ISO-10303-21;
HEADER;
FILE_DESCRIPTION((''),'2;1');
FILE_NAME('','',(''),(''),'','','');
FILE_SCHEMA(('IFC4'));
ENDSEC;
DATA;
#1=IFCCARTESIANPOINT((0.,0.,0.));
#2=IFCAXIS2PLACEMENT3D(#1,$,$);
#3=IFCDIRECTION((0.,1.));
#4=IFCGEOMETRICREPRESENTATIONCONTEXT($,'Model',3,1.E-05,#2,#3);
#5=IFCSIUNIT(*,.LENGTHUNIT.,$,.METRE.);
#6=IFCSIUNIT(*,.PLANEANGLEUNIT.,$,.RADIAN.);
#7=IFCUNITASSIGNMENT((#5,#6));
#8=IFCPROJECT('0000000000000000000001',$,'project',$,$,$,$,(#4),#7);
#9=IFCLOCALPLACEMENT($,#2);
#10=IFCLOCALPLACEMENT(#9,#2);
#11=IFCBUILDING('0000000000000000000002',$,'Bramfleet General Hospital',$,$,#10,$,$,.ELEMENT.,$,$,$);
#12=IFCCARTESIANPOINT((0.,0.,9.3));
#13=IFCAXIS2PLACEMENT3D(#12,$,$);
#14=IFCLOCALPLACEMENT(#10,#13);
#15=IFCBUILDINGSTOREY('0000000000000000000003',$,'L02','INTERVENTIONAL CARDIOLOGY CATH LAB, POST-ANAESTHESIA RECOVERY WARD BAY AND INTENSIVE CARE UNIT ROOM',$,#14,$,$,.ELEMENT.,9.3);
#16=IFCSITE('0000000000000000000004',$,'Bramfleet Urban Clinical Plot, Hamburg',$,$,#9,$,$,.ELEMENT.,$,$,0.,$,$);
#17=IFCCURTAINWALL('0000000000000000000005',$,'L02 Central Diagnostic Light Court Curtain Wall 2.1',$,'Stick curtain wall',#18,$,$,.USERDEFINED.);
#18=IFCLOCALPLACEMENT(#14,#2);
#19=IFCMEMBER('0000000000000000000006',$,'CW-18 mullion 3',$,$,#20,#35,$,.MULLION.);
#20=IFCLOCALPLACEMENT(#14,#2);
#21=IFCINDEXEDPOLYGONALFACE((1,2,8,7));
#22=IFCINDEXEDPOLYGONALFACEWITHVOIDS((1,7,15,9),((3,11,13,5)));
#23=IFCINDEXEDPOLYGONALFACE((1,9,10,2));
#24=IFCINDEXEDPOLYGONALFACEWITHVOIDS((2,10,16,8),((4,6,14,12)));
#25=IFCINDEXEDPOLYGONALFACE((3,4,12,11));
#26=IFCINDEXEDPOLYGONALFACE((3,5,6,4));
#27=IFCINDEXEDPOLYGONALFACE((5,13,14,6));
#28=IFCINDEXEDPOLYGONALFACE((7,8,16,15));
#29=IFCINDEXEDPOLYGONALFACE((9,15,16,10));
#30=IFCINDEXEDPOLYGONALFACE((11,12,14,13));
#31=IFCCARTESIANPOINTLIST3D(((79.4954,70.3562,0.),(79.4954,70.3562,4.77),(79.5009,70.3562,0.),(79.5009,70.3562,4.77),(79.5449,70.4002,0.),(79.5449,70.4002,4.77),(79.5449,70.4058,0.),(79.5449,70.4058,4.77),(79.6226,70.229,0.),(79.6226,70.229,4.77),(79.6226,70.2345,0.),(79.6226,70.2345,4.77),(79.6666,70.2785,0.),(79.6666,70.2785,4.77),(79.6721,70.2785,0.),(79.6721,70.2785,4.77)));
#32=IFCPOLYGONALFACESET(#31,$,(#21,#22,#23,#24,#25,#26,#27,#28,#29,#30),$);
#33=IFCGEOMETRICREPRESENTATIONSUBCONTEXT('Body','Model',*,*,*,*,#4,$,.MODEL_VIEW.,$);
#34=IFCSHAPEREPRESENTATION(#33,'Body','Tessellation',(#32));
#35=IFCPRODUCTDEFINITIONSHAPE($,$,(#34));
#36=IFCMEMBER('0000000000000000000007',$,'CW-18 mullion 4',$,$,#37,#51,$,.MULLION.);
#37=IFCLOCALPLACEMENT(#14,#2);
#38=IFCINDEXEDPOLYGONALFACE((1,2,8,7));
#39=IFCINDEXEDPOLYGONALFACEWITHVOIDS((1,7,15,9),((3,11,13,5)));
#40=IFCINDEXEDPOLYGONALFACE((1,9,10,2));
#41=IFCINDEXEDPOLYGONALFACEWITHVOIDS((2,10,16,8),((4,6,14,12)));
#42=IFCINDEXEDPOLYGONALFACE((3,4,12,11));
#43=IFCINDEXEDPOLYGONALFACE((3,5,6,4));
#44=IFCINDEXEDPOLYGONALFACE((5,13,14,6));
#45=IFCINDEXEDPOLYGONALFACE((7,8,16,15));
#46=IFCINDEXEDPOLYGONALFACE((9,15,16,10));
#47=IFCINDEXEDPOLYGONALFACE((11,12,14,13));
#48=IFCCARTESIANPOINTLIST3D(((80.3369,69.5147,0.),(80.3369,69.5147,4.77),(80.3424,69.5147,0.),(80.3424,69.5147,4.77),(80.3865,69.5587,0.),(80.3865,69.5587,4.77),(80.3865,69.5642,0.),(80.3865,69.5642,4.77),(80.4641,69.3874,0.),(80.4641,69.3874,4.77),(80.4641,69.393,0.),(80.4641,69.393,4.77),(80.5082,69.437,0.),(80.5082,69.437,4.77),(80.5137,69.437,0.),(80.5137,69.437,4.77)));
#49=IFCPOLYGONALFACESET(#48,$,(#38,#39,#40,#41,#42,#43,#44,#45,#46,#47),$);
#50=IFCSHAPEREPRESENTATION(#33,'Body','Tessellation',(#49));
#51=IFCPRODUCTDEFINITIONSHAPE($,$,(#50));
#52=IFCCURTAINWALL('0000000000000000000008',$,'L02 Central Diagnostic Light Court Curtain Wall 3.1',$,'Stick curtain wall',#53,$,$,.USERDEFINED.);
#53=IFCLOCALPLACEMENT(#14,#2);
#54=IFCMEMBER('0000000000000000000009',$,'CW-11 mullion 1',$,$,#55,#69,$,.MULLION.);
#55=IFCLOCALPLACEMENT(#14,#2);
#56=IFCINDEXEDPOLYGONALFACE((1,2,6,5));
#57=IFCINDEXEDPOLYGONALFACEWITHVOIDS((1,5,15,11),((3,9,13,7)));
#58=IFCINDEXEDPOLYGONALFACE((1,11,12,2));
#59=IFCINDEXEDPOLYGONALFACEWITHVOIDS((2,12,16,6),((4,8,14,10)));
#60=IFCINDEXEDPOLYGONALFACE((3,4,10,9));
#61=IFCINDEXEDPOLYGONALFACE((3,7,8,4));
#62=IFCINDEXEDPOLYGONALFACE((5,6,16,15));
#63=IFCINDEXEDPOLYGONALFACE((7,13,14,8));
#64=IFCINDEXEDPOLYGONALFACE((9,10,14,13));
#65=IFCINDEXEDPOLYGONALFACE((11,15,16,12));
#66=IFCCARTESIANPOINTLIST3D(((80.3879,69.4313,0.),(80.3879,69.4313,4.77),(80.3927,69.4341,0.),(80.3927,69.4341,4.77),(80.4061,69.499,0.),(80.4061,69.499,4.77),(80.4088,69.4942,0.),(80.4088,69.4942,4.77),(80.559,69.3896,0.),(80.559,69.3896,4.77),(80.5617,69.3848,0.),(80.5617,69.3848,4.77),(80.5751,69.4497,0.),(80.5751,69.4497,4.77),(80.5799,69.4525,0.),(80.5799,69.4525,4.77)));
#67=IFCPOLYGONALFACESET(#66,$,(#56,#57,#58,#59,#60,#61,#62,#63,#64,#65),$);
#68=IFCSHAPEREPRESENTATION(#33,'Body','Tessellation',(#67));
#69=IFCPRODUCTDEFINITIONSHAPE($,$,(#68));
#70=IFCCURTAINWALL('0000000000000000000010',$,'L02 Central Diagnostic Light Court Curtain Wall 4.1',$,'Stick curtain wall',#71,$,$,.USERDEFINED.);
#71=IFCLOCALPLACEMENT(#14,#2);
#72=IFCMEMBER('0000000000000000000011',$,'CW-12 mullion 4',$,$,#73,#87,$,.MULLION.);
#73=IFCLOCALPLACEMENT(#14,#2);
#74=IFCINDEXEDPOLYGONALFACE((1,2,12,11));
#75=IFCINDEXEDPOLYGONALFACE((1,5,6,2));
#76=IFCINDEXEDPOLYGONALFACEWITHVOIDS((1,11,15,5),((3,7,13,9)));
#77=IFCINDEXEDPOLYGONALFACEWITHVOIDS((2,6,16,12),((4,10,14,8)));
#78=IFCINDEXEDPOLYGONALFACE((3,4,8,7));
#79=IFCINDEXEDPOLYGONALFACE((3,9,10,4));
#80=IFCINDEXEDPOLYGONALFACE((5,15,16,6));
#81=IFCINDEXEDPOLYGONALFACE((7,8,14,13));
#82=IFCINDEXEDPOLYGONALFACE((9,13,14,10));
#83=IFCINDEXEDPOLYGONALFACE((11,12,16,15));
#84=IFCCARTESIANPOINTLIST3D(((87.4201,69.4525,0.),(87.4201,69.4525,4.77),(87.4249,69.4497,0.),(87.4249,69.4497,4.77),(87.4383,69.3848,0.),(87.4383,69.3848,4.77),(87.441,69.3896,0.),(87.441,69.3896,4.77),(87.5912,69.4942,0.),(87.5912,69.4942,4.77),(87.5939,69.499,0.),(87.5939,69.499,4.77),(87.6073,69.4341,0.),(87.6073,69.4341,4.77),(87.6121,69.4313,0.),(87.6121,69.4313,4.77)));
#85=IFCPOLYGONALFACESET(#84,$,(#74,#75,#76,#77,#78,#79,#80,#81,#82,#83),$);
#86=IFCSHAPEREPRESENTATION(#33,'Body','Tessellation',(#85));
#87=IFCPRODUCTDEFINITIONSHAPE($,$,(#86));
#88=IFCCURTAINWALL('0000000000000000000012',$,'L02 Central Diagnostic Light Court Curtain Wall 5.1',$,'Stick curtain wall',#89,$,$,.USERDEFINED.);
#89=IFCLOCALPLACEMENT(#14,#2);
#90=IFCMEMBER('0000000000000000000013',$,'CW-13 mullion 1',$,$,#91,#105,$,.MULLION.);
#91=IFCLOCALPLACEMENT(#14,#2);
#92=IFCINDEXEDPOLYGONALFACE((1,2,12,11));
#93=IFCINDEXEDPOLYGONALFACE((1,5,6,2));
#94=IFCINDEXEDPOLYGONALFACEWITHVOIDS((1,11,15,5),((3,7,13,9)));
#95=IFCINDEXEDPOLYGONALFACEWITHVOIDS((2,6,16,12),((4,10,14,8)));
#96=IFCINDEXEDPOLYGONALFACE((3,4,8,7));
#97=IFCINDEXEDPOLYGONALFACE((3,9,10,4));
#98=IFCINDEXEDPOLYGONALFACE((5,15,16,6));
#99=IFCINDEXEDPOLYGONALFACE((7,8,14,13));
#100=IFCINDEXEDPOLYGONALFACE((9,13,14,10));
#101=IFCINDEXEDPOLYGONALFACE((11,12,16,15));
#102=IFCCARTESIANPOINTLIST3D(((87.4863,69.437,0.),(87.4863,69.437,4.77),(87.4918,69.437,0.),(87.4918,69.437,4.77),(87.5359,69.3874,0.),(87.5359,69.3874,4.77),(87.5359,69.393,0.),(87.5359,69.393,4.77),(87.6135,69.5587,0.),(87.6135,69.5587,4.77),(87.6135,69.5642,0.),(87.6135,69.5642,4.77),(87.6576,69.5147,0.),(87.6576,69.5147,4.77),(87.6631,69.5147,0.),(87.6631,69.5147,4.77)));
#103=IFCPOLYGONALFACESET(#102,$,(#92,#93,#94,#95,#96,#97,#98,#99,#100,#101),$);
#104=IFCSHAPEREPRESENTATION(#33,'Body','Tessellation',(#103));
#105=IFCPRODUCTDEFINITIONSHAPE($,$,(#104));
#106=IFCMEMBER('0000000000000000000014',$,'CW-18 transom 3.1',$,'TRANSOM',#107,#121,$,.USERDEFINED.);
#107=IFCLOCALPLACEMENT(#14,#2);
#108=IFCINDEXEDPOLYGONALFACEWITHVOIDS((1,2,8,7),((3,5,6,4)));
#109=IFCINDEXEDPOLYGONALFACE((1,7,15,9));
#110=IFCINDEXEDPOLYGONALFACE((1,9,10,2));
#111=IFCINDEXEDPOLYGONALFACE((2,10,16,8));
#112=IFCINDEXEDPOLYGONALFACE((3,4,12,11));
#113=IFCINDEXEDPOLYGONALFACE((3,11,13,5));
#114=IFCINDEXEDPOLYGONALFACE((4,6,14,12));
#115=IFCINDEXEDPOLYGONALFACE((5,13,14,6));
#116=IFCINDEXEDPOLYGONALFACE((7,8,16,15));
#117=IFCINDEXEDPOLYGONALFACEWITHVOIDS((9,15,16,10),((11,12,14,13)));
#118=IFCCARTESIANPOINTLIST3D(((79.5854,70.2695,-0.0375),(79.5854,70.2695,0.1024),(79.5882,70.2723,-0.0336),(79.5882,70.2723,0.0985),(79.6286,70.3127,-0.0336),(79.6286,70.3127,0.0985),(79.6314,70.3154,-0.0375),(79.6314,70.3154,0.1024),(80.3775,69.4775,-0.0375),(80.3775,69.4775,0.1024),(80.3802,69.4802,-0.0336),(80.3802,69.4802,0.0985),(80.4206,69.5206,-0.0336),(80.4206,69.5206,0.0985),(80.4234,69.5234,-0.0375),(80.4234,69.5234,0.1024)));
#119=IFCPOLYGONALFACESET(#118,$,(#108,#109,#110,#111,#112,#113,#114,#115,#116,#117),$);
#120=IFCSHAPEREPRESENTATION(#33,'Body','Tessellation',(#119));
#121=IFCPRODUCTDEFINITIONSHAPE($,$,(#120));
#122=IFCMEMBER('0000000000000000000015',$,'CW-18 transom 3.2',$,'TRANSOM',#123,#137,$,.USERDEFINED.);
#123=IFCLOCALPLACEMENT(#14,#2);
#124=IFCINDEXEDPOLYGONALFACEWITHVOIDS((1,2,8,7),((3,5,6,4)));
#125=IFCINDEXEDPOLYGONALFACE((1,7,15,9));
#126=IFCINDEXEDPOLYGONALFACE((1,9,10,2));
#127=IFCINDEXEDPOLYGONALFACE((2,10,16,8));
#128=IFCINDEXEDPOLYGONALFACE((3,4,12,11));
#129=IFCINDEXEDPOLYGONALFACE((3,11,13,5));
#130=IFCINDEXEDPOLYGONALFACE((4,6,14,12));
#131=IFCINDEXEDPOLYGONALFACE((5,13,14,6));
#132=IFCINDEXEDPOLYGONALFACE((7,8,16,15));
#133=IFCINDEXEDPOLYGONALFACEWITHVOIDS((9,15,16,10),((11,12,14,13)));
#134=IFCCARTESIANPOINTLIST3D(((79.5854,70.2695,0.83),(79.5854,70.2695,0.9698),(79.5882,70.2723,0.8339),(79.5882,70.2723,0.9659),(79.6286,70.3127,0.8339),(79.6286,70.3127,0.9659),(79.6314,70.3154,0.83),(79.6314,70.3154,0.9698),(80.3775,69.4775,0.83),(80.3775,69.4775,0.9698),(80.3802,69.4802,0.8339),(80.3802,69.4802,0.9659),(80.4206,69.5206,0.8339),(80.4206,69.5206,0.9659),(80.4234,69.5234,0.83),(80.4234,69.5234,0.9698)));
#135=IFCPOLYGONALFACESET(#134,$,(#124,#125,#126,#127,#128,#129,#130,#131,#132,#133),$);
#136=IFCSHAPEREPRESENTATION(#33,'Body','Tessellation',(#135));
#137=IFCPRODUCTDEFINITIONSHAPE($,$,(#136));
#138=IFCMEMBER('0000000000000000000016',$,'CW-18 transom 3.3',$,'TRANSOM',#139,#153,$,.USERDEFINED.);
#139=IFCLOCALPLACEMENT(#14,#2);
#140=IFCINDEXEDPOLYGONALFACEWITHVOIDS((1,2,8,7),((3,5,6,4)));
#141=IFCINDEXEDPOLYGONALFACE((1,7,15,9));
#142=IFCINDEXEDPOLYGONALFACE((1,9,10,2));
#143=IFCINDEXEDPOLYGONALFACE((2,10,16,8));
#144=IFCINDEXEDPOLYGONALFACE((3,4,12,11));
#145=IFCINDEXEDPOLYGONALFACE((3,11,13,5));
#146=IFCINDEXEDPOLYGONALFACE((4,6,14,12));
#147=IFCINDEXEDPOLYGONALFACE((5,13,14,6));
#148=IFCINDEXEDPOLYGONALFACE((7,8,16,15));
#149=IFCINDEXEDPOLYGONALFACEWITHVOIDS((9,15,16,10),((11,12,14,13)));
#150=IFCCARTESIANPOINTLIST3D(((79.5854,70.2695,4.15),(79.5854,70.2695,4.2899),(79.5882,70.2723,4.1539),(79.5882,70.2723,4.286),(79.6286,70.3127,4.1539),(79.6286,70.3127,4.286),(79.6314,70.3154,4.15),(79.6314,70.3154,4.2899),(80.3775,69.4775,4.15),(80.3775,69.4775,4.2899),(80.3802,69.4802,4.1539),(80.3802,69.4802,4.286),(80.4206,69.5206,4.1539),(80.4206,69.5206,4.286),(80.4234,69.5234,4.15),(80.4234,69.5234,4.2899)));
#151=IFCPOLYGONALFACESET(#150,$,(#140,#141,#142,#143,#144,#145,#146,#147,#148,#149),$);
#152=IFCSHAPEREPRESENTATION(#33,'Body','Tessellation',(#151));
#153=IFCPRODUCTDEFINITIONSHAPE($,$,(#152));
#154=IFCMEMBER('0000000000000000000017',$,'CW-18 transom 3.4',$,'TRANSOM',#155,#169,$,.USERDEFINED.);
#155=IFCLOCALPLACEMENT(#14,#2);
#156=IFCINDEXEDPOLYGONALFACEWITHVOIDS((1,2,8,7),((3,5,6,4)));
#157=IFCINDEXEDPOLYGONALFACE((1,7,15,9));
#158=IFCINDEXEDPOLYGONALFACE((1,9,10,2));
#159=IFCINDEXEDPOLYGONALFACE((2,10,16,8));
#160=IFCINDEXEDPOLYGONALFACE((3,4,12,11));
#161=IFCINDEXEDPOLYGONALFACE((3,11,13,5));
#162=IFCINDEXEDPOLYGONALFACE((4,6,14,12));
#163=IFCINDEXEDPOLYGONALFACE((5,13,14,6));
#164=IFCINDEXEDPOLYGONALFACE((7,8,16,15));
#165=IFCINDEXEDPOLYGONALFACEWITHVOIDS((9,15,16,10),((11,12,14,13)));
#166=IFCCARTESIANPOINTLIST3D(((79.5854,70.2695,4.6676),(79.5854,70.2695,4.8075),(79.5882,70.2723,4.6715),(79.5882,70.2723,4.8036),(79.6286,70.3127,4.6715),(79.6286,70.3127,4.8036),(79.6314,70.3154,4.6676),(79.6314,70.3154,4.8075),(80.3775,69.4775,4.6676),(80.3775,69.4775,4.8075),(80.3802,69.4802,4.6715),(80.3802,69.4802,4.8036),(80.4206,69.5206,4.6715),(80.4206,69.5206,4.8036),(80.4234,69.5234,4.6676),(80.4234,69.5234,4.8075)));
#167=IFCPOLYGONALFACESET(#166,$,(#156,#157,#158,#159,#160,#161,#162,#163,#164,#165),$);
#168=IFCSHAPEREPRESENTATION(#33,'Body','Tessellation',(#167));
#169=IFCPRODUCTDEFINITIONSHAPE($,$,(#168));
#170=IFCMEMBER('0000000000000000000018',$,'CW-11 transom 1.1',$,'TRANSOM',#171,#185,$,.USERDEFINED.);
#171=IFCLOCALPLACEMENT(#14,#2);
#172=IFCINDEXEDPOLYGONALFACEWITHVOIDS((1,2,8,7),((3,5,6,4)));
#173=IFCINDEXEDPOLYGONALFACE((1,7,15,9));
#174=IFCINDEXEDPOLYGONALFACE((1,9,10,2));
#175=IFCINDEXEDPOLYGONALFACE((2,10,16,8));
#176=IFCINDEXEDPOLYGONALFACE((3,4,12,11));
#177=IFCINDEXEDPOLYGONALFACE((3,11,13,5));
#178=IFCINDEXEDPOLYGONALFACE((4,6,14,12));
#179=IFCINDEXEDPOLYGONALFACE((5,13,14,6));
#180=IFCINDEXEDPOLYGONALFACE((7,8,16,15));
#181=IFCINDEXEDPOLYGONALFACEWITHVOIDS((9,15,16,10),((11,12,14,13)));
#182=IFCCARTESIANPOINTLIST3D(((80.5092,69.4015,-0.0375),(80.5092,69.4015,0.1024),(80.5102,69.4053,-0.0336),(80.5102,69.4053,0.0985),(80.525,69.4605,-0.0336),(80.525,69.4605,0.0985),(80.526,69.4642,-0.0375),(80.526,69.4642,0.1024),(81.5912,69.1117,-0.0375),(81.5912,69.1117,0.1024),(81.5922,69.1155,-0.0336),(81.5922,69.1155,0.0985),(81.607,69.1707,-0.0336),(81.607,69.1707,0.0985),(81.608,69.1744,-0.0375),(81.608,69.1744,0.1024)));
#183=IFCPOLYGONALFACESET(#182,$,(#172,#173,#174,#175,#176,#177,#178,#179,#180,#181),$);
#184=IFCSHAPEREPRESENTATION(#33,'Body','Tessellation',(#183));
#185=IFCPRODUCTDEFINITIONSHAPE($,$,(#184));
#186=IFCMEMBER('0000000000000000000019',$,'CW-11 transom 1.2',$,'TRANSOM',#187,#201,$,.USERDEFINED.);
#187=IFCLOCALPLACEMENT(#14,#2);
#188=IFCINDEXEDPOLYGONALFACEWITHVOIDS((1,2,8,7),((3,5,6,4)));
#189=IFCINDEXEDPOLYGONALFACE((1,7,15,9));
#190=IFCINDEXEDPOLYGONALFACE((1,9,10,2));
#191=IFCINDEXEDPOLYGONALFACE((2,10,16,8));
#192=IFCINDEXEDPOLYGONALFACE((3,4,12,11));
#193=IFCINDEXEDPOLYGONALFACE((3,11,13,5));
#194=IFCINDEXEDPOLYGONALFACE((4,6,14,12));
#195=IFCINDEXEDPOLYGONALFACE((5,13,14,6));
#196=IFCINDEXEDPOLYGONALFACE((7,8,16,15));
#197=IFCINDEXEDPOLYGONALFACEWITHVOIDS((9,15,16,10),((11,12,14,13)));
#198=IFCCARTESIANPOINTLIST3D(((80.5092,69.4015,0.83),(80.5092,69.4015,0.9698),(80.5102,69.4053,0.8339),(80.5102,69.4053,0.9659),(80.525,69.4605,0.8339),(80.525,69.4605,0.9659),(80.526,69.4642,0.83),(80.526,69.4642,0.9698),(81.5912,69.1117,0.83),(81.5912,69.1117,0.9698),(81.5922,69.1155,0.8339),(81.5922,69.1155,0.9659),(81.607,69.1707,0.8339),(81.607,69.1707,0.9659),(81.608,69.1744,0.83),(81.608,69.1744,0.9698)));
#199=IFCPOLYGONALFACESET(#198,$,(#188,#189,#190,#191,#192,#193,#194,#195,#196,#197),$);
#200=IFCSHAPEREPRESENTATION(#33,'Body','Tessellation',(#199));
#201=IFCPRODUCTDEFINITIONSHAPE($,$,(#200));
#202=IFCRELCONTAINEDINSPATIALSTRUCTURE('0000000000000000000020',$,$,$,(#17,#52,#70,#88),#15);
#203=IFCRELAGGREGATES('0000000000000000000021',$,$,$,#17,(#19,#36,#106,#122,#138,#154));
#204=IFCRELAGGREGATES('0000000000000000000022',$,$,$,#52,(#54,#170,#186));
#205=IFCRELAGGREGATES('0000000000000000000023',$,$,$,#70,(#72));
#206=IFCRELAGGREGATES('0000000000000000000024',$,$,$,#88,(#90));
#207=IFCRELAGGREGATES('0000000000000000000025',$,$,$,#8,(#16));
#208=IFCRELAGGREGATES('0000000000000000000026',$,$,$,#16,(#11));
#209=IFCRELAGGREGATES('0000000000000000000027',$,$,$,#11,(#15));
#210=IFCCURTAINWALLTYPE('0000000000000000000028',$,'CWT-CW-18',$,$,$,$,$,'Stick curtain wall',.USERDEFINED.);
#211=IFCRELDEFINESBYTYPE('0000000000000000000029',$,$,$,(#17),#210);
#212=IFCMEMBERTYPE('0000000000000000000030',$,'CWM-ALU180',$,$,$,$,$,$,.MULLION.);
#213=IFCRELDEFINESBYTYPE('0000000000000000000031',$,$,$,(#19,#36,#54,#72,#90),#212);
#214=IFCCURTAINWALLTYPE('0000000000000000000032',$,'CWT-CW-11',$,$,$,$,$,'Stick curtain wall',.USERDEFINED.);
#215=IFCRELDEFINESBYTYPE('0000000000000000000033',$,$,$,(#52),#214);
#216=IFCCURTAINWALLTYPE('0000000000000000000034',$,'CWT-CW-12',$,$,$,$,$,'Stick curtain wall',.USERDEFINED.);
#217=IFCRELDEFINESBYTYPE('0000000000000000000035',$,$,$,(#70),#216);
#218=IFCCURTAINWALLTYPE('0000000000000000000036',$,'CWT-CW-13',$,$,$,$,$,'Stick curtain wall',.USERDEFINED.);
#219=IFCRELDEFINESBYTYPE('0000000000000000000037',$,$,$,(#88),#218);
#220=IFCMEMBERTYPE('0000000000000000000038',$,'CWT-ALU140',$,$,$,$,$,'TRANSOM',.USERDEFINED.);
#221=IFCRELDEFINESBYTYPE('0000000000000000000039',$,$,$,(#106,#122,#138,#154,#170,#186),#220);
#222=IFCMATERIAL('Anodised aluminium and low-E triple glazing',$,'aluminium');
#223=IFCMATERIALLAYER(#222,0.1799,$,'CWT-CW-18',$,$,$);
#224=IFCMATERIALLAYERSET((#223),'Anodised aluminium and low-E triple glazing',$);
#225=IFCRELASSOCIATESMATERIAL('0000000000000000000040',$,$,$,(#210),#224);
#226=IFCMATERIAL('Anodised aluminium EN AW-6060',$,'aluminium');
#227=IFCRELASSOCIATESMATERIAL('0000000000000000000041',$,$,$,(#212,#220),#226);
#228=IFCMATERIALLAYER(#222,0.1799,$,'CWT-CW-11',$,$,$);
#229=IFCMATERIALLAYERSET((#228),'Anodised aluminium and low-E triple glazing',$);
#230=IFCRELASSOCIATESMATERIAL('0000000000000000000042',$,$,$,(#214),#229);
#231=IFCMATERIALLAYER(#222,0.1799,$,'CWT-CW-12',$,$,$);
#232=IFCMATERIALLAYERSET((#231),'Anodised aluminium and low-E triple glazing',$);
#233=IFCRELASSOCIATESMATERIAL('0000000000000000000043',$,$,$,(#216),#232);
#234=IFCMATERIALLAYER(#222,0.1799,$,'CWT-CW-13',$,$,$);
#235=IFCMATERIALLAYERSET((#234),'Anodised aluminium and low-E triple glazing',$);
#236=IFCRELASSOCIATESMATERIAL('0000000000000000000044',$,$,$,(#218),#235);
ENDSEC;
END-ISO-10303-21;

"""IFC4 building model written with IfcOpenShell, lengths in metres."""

from ifc_helpers import new_model, si_unit, direction, frame, origin, origin_2d, place, context, subcontext, project, spatial, hollow_rectangle, extrude, material, layer, layer_set, material_profile, profile_set, type_object, element, aggregate, save


model = new_model("IFC4")

# Units and contexts
model_context = context("Model", 3, precision=1e-05, world=origin(), true_north=direction((0.0, 1.0)))
body_context = subcontext(model_context, "Body", "Model", "MODEL_VIEW")
ifc_project = project(units=[si_unit("LENGTHUNIT", "METRE"), si_unit("PLANEANGLEUNIT", "RADIAN")], contexts=[model_context])

# Site, building, storey
site_placement = place(None, origin())
site = spatial("IfcSite", under=ifc_project, at=site_placement, Name="Bramfleet Urban Clinical Plot, Hamburg", CompositionType="ELEMENT", RefElevation=0.0)
building_placement = place(site_placement, origin())
building = spatial("IfcBuilding", under=site, at=building_placement, Name="Bramfleet General Hospital", CompositionType="ELEMENT")
storey_placement = place(building_placement, frame((0.0, 0.0, 9.3)))
storey = spatial("IfcBuildingStorey", under=building, at=storey_placement, Name="L02", Description="INTERVENTIONAL CARDIOLOGY CATH LAB, POST-ANAESTHESIA RECOVERY WARD BAY AND INTENSIVE CARE UNIT ROOM", CompositionType="ELEMENT", Elevation=9.3)

# Curtain wall, members
ifc_material_1 = material(Name="Anodised aluminium and low-E triple glazing", Category="aluminium")
ifc_layer_1 = layer(ifc_material_1, 0.1799, Name="CWT-CW-18")
ifc_layer_set_1 = layer_set([ifc_layer_1], Name="Anodised aluminium and low-E triple glazing")
curtain_wall_type_1 = type_object("IfcCurtainWallType", Name="CWT-CW-18", ElementType="Stick curtain wall", PredefinedType="USERDEFINED", material=ifc_layer_set_1)
curtain_wall_1_placement = place(storey_placement, origin())
curtain_wall_1 = element("IfcCurtainWall", 1, at=curtain_wall_1_placement, inside=storey, type_object=curtain_wall_type_1, Name="L02 Central Diagnostic Light Court Curtain Wall 2.1", ObjectType="Stick curtain wall", PredefinedType="USERDEFINED")
ifc_material_2 = material(Name="Anodised aluminium EN AW-6060", Category="aluminium")
ifc_material_profile_1 = material_profile(ifc_material_2, hollow_rectangle(XDim=0.0701, YDim=0.1799, WallThickness=0.0039, at=origin_2d()), Name="ALU 180x70x4.0")
ifc_profile_set_1 = profile_set([ifc_material_profile_1], Name="Anodised aluminium EN AW-6060")
member_type_1 = type_object("IfcMemberType", Name="CWM-ALU180", PredefinedType="MULLION", material=ifc_profile_set_1)
member_1_placement = place(storey_placement, frame((79.5837, 70.3174, 0.0), z_axis=(0.0, 0.0, 1.0), x_axis=(0.707107, 0.707107, 0.0)))
member_1 = element("IfcMember", 2, at=member_1_placement, type_object=member_type_1, Name="CW-18 mullion 3", PredefinedType="MULLION", context=body_context, shape_type="SweptSolid", body=[
    extrude(hollow_rectangle(XDim=0.0701, YDim=0.1799, WallThickness=0.0039, at=origin_2d()), origin(), (0.0, 0.0, 1.0), 4.77),
])
member_2_placement = place(storey_placement, frame((80.4253, 69.4758, 0.0), z_axis=(0.0, 0.0, 1.0), x_axis=(0.707107, 0.707107, 0.0)))
member_2 = element("IfcMember", 3, at=member_2_placement, type_object=member_type_1, Name="CW-18 mullion 4", PredefinedType="MULLION", context=body_context, shape_type="SweptSolid", body=[
    extrude(hollow_rectangle(XDim=0.0701, YDim=0.1799, WallThickness=0.0039, at=origin_2d()), origin(), (0.0, 0.0, 1.0), 4.77),
])

# Curtain walls, members
ifc_layer_2 = layer(ifc_material_1, 0.1799, Name="CWT-CW-11")
ifc_layer_set_2 = layer_set([ifc_layer_2], Name="Anodised aluminium and low-E triple glazing")
curtain_wall_type_2 = type_object("IfcCurtainWallType", Name="CWT-CW-11", ElementType="Stick curtain wall", PredefinedType="USERDEFINED", material=ifc_layer_set_2)
curtain_wall_2_placement = place(storey_placement, origin())
curtain_wall_2 = element("IfcCurtainWall", 4, at=curtain_wall_2_placement, inside=storey, type_object=curtain_wall_type_2, Name="L02 Central Diagnostic Light Court Curtain Wall 3.1", ObjectType="Stick curtain wall", PredefinedType="USERDEFINED")
member_3_placement = place(storey_placement, frame((80.4839, 69.4419, 0.0), z_axis=(0.0, 0.0, 1.0), x_axis=(0.258763, 0.965941, 0.0)))
member_3 = element("IfcMember", 5, at=member_3_placement, type_object=member_type_1, Name="CW-11 mullion 1", PredefinedType="MULLION", context=body_context, shape_type="SweptSolid", body=[
    extrude(hollow_rectangle(XDim=0.0701, YDim=0.1799, WallThickness=0.0039, at=origin_2d()), origin(), (0.0, 0.0, 1.0), 4.77),
])
ifc_layer_3 = layer(ifc_material_1, 0.1799, Name="CWT-CW-12")
ifc_layer_set_3 = layer_set([ifc_layer_3], Name="Anodised aluminium and low-E triple glazing")
curtain_wall_type_3 = type_object("IfcCurtainWallType", Name="CWT-CW-12", ElementType="Stick curtain wall", PredefinedType="USERDEFINED", material=ifc_layer_set_3)
curtain_wall_3_placement = place(storey_placement, origin())
curtain_wall_3 = element("IfcCurtainWall", 6, at=curtain_wall_3_placement, inside=storey, type_object=curtain_wall_type_3, Name="L02 Central Diagnostic Light Court Curtain Wall 4.1", ObjectType="Stick curtain wall", PredefinedType="USERDEFINED")
member_4_placement = place(storey_placement, frame((87.5161, 69.4419, 0.0), z_axis=(0.0, 0.0, 1.0), x_axis=(-0.258763, 0.965941, 0.0)))
member_4 = element("IfcMember", 7, at=member_4_placement, type_object=member_type_1, Name="CW-12 mullion 4", PredefinedType="MULLION", context=body_context, shape_type="SweptSolid", body=[
    extrude(hollow_rectangle(XDim=0.0701, YDim=0.1799, WallThickness=0.0039, at=origin_2d()), origin(), (0.0, 0.0, 1.0), 4.77),
])
ifc_layer_4 = layer(ifc_material_1, 0.1799, Name="CWT-CW-13")
ifc_layer_set_4 = layer_set([ifc_layer_4], Name="Anodised aluminium and low-E triple glazing")
curtain_wall_type_4 = type_object("IfcCurtainWallType", Name="CWT-CW-13", ElementType="Stick curtain wall", PredefinedType="USERDEFINED", material=ifc_layer_set_4)
curtain_wall_4_placement = place(storey_placement, origin())
curtain_wall_4 = element("IfcCurtainWall", 8, at=curtain_wall_4_placement, inside=storey, type_object=curtain_wall_type_4, Name="L02 Central Diagnostic Light Court Curtain Wall 5.1", ObjectType="Stick curtain wall", PredefinedType="USERDEFINED")
member_5_placement = place(storey_placement, frame((87.5747, 69.4758, 0.0), z_axis=(0.0, 0.0, 1.0), x_axis=(-0.707107, 0.707107, 0.0)))
member_5 = element("IfcMember", 9, at=member_5_placement, type_object=member_type_1, Name="CW-13 mullion 1", PredefinedType="MULLION", context=body_context, shape_type="SweptSolid", body=[
    extrude(hollow_rectangle(XDim=0.0701, YDim=0.1799, WallThickness=0.0039, at=origin_2d()), origin(), (0.0, 0.0, 1.0), 4.77),
])

# Members
ifc_material_profile_2 = material_profile(ifc_material_2, hollow_rectangle(XDim=0.0649, YDim=0.1399, WallThickness=0.0039, at=origin_2d()), Name="ALU 140x65x4.0")
ifc_profile_set_2 = profile_set([ifc_material_profile_2], Name="Anodised aluminium EN AW-6060")
member_type_2 = type_object("IfcMemberType", Name="CWT-ALU140", ElementType="TRANSOM", PredefinedType="USERDEFINED", material=ifc_profile_set_2)
member_6_placement = place(storey_placement, frame((79.6084, 70.2925, 0.0325), z_axis=(0.707107, -0.707107, 0.0), x_axis=(0.707107, 0.707107, 0.0)))
member_6 = element("IfcMember", 10, at=member_6_placement, type_object=member_type_2, Name="CW-18 transom 3.1", ObjectType="TRANSOM", PredefinedType="USERDEFINED", context=body_context, shape_type="SweptSolid", body=[
    extrude(hollow_rectangle(XDim=0.0649, YDim=0.1399, WallThickness=0.0039, at=origin_2d()), origin(), (0.0, 0.0, 1.0), 1.1201),
])
member_7_placement = place(storey_placement, frame((79.6084, 70.2925, 0.8999), z_axis=(0.707107, -0.707107, 0.0), x_axis=(0.707107, 0.707107, 0.0)))
member_7 = element("IfcMember", 11, at=member_7_placement, type_object=member_type_2, Name="CW-18 transom 3.2", ObjectType="TRANSOM", PredefinedType="USERDEFINED", context=body_context, shape_type="SweptSolid", body=[
    extrude(hollow_rectangle(XDim=0.0649, YDim=0.1399, WallThickness=0.0039, at=origin_2d()), origin(), (0.0, 0.0, 1.0), 1.1201),
])
member_8_placement = place(storey_placement, frame((79.6084, 70.2925, 4.22), z_axis=(0.707107, -0.707107, 0.0), x_axis=(0.707107, 0.707107, 0.0)))
member_8 = element("IfcMember", 12, at=member_8_placement, type_object=member_type_2, Name="CW-18 transom 3.3", ObjectType="TRANSOM", PredefinedType="USERDEFINED", context=body_context, shape_type="SweptSolid", body=[
    extrude(hollow_rectangle(XDim=0.0649, YDim=0.1399, WallThickness=0.0039, at=origin_2d()), origin(), (0.0, 0.0, 1.0), 1.1201),
])
member_9_placement = place(storey_placement, frame((79.6084, 70.2925, 4.7375), z_axis=(0.707107, -0.707107, 0.0), x_axis=(0.707107, 0.707107, 0.0)))
member_9 = element("IfcMember", 13, at=member_9_placement, type_object=member_type_2, Name="CW-18 transom 3.4", ObjectType="TRANSOM", PredefinedType="USERDEFINED", context=body_context, shape_type="SweptSolid", body=[
    extrude(hollow_rectangle(XDim=0.0649, YDim=0.1399, WallThickness=0.0039, at=origin_2d()), origin(), (0.0, 0.0, 1.0), 1.1201),
])
member_10_placement = place(storey_placement, frame((80.5176, 69.4329, 0.0325), z_axis=(0.965956, -0.258707, 0.0), x_axis=(0.258707, 0.965956, 0.0)))
member_10 = element("IfcMember", 14, at=member_10_placement, type_object=member_type_2, Name="CW-11 transom 1.1", ObjectType="TRANSOM", PredefinedType="USERDEFINED", context=body_context, shape_type="SweptSolid", body=[
    extrude(hollow_rectangle(XDim=0.0649, YDim=0.1399, WallThickness=0.0039, at=origin_2d()), origin(), (0.0, 0.0, 1.0), 1.1201),
])
member_11_placement = place(storey_placement, frame((80.5176, 69.4329, 0.8999), z_axis=(0.965956, -0.258707, 0.0), x_axis=(0.258707, 0.965956, 0.0)))
member_11 = element("IfcMember", 15, at=member_11_placement, type_object=member_type_2, Name="CW-11 transom 1.2", ObjectType="TRANSOM", PredefinedType="USERDEFINED", context=body_context, shape_type="SweptSolid", body=[
    extrude(hollow_rectangle(XDim=0.0649, YDim=0.1399, WallThickness=0.0039, at=origin_2d()), origin(), (0.0, 0.0, 1.0), 1.1201),
])

aggregate(curtain_wall_1, [member_1, member_2, member_6, member_7, member_8, member_9])
aggregate(curtain_wall_2, [member_3, member_10, member_11])
aggregate(curtain_wall_3, [member_4])
aggregate(curtain_wall_4, [member_5])

save(model, "model.ifc")
